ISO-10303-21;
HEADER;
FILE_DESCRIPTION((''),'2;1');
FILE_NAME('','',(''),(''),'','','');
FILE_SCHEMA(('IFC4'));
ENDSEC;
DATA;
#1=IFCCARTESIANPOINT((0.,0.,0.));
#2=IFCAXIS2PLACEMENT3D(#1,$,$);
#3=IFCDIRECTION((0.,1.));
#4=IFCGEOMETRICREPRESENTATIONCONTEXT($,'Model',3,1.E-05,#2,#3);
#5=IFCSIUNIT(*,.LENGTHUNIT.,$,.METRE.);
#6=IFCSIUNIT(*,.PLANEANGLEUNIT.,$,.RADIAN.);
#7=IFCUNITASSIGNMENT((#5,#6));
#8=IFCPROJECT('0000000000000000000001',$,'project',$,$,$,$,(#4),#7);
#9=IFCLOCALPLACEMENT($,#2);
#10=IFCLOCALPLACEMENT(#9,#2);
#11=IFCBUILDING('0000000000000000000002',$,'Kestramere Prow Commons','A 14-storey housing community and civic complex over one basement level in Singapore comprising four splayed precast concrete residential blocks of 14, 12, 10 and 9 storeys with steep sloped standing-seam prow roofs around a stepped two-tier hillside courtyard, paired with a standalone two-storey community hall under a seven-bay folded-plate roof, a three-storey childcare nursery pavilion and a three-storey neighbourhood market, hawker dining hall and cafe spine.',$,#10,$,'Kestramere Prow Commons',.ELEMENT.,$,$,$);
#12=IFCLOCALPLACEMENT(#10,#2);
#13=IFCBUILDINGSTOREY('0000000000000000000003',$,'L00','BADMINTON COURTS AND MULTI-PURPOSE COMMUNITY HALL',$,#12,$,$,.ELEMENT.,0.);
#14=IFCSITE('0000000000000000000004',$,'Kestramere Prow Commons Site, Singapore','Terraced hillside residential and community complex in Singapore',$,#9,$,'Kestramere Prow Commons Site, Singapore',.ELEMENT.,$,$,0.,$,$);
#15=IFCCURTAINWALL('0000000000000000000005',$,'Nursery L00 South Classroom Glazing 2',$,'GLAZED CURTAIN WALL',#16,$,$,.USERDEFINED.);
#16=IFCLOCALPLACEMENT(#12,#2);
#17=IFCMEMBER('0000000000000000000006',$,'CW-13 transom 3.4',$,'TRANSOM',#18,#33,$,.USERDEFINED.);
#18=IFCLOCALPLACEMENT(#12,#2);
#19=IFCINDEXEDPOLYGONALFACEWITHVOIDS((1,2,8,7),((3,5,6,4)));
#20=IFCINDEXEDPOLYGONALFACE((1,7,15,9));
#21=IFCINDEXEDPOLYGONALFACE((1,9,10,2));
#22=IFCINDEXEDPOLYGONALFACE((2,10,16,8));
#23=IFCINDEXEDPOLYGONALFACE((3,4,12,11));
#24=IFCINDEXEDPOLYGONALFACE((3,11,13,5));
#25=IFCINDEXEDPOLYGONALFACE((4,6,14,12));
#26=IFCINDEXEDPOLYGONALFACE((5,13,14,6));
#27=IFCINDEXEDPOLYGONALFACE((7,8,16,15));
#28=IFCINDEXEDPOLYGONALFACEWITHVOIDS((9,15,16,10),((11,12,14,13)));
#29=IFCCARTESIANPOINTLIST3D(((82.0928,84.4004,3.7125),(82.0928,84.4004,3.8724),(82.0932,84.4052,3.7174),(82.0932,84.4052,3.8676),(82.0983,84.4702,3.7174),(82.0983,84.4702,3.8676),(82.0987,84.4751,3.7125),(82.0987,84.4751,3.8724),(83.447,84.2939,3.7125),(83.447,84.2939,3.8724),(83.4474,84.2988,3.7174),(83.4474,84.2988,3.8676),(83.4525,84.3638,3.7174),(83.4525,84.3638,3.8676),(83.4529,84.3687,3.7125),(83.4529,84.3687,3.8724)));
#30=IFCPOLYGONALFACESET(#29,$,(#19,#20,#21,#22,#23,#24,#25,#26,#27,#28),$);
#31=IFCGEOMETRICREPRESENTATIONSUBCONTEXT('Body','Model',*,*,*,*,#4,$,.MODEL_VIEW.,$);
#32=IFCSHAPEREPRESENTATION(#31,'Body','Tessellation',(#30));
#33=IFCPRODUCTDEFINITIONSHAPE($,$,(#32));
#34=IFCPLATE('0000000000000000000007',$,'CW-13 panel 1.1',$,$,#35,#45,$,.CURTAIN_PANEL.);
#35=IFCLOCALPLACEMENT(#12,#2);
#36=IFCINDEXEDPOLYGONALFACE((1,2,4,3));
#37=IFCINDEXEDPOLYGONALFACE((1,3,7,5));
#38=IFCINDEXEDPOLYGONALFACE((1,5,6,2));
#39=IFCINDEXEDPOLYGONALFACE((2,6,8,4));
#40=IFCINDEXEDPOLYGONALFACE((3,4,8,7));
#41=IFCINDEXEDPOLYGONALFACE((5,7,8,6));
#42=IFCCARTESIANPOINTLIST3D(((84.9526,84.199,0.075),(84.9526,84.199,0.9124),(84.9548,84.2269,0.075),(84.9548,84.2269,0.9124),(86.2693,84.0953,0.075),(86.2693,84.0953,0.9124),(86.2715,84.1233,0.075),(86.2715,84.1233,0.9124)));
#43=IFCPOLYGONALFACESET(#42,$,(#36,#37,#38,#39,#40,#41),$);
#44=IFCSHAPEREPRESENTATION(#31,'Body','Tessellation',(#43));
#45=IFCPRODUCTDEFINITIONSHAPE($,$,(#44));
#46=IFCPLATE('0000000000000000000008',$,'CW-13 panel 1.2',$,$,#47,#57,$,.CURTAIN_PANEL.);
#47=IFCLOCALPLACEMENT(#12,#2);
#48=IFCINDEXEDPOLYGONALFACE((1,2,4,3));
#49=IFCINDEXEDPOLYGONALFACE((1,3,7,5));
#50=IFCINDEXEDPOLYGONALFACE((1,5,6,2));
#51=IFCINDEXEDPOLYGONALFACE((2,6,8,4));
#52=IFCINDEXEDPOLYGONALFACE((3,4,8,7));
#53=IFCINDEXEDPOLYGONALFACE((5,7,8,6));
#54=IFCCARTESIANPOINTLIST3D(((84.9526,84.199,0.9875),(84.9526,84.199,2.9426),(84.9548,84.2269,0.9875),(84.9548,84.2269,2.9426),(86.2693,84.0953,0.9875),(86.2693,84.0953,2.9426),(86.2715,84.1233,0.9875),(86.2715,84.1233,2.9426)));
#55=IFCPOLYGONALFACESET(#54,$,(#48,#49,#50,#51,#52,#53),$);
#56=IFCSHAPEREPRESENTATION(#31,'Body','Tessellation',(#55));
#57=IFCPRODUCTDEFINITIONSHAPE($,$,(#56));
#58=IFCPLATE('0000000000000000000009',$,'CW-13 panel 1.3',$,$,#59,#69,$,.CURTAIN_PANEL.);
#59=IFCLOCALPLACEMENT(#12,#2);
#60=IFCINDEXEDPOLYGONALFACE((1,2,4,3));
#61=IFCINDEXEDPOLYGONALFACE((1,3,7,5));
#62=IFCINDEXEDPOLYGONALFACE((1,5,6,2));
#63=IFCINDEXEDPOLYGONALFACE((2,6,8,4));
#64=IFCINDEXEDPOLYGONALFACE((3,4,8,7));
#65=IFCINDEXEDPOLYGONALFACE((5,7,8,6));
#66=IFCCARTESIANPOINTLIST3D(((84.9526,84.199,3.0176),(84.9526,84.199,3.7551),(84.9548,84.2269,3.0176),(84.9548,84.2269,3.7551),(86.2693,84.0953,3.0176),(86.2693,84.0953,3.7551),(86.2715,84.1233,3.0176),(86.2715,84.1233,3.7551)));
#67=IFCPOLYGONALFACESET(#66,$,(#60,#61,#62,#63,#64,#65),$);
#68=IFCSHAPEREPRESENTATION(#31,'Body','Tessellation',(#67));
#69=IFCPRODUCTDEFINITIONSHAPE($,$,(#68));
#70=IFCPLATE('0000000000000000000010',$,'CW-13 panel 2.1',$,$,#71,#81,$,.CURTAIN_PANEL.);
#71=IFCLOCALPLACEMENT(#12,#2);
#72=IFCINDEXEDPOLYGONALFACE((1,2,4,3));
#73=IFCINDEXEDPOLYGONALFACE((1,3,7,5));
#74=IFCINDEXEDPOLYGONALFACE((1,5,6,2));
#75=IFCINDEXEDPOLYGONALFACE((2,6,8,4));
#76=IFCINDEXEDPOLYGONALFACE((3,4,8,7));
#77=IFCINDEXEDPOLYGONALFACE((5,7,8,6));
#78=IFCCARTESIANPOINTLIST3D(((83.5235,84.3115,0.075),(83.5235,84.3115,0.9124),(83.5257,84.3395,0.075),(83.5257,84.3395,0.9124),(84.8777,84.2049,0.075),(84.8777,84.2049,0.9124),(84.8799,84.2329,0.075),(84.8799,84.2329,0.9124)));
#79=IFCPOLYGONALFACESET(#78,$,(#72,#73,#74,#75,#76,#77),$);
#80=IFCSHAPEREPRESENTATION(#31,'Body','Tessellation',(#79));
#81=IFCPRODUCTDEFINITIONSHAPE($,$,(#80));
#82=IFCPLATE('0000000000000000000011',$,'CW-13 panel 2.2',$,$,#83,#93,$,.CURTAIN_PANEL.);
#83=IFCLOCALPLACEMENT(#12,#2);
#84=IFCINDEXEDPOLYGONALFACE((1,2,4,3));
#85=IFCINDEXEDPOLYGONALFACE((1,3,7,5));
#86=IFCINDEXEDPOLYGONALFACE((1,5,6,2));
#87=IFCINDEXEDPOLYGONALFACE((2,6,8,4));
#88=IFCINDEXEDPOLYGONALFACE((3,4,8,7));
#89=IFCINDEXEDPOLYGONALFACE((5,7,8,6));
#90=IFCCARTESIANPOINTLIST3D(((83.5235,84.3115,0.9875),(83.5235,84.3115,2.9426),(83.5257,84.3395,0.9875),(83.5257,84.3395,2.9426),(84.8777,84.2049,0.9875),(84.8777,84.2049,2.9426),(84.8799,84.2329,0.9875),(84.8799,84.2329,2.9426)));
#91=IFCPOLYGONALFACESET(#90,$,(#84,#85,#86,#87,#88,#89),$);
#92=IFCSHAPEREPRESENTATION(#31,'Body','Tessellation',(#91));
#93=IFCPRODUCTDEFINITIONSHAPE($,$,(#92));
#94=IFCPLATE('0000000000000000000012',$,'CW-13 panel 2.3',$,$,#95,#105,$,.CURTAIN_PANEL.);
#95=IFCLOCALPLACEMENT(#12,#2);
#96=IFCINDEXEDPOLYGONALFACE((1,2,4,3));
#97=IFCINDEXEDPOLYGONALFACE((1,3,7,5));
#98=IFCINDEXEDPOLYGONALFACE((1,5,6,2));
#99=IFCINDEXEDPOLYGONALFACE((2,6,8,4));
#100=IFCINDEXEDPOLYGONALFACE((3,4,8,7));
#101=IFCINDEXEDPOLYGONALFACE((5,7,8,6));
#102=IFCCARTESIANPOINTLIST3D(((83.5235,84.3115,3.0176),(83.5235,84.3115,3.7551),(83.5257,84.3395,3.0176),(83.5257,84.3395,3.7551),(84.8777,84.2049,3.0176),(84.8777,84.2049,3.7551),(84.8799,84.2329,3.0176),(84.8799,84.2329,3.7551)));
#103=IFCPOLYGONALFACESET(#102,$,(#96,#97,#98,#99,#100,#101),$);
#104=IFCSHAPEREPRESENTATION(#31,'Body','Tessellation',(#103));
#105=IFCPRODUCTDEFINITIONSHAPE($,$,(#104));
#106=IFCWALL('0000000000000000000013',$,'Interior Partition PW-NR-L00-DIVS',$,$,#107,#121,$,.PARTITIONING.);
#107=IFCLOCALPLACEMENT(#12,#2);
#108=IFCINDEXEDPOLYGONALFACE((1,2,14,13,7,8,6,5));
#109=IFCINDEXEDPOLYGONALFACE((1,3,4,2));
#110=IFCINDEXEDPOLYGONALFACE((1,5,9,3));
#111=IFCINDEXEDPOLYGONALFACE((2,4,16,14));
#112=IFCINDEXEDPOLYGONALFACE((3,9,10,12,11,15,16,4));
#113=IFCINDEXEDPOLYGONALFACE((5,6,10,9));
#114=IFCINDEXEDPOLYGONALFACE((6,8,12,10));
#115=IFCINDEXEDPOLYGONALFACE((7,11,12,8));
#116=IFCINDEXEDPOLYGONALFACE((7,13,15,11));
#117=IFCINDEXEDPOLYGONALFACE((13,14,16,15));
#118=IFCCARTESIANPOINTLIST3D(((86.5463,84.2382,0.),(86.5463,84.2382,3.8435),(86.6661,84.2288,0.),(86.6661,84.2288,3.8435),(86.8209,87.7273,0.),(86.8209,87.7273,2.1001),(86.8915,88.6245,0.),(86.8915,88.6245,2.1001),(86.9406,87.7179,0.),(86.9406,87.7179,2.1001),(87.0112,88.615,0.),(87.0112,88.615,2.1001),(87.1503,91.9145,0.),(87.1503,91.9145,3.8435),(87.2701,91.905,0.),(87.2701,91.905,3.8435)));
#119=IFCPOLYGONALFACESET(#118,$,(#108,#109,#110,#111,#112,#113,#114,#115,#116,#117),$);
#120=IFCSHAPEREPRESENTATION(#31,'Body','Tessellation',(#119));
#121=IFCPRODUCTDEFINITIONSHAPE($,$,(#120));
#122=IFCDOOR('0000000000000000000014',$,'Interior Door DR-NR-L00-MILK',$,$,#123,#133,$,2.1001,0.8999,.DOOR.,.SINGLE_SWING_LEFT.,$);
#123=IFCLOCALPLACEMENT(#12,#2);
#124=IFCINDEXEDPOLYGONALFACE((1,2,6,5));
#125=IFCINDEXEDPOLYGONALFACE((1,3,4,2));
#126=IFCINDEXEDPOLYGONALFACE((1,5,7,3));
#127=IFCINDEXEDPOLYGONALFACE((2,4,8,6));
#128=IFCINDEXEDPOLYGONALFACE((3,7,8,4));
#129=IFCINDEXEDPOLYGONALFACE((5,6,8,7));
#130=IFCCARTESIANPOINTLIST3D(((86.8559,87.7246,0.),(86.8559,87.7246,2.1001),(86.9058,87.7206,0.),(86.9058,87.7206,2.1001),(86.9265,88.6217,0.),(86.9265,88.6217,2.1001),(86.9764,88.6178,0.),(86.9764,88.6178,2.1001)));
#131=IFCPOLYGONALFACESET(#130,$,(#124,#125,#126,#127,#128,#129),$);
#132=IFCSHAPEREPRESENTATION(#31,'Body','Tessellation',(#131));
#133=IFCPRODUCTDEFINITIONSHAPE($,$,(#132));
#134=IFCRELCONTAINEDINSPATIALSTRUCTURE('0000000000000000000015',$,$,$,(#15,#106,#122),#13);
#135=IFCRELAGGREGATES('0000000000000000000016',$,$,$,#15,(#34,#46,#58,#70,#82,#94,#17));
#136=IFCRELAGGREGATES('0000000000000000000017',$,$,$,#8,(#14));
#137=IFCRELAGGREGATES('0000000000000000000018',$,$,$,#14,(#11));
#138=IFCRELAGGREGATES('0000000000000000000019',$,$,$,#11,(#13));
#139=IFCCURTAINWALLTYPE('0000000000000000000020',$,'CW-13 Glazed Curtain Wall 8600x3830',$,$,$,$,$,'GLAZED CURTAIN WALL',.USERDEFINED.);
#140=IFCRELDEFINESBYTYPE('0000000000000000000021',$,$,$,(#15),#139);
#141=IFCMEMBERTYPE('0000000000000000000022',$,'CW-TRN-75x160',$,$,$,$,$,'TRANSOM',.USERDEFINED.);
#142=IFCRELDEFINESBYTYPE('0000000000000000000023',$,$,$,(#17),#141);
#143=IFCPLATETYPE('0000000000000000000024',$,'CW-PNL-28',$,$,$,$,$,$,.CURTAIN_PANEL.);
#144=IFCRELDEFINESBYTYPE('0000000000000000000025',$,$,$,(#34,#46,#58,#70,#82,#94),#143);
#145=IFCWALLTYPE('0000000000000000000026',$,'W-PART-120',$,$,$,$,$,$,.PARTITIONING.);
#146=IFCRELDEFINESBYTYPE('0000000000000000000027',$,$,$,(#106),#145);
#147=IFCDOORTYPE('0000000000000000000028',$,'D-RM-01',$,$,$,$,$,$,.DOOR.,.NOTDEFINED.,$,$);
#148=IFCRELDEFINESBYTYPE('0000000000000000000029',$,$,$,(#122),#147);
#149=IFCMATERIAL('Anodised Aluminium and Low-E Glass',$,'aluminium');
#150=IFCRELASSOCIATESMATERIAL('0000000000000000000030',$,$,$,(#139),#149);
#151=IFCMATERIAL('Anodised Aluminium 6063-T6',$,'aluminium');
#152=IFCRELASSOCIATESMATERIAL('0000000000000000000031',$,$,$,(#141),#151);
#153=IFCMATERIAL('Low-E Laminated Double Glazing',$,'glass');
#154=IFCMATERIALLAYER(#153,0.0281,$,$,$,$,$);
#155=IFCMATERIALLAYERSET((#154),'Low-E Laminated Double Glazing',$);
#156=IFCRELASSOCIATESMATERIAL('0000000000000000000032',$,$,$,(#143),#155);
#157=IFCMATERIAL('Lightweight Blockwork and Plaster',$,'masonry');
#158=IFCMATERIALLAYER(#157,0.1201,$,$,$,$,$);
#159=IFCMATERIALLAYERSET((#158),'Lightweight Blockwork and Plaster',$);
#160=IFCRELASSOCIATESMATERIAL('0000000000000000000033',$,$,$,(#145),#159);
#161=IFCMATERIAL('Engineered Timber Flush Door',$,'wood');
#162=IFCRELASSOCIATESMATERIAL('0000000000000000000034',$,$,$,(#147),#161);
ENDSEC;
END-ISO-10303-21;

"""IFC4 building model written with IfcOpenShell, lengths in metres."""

from ifc_helpers import new_model, si_unit, direction, frame, frame_2d, origin, origin_2d, place, context, subcontext, project, spatial, rectangle, hollow_rectangle, extrude, material, layer, layer_set, material_profile, profile_set, type_object, element, fill, aggregate, save


model = new_model("IFC4")

# Units and contexts
model_context = context("Model", 3, precision=1e-05, world=origin(), true_north=direction((0.0, 1.0)))
body_context = subcontext(model_context, "Body", "Model", "MODEL_VIEW")
ifc_project = project(units=[si_unit("LENGTHUNIT", "METRE"), si_unit("PLANEANGLEUNIT", "RADIAN")], contexts=[model_context])

# Site, building, storey
site_placement = place(None, origin())
site = spatial("IfcSite", under=ifc_project, at=site_placement, Name="Kestramere Prow Commons Site, Singapore", Description="Terraced hillside residential and community complex in Singapore", LongName="Kestramere Prow Commons Site, Singapore", CompositionType="ELEMENT", RefElevation=0.0)
building_placement = place(site_placement, origin())
building = spatial("IfcBuilding", under=site, at=building_placement, Name="Kestramere Prow Commons", Description="A 14-storey housing community and civic complex over one basement level in Singapore comprising four splayed precast concrete residential blocks of 14, 12, 10 and 9 storeys with steep sloped standing-seam prow roofs around a stepped two-tier hillside courtyard, paired with a standalone two-storey community hall under a seven-bay folded-plate roof, a three-storey childcare nursery pavilion and a three-storey neighbourhood market, hawker dining hall and cafe spine.", LongName="Kestramere Prow Commons", CompositionType="ELEMENT")
storey_placement = place(building_placement, origin())
storey = spatial("IfcBuildingStorey", under=building, at=storey_placement, Name="L00", Description="BADMINTON COURTS AND MULTI-PURPOSE COMMUNITY HALL", CompositionType="ELEMENT", Elevation=0.0)

# Curtain wall, member, plates
ifc_material_1 = material(Name="Anodised Aluminium and Low-E Glass", Category="aluminium")
curtain_wall_type = type_object("IfcCurtainWallType", Name="CW-13 Glazed Curtain Wall 8600x3830", ElementType="GLAZED CURTAIN WALL", PredefinedType="USERDEFINED", material=ifc_material_1)
curtain_wall_placement = place(storey_placement, origin())
curtain_wall = element("IfcCurtainWall", 1, at=curtain_wall_placement, inside=storey, type_object=curtain_wall_type, Name="Nursery L00 South Classroom Glazing 2", ObjectType="GLAZED CURTAIN WALL", PredefinedType="USERDEFINED")
ifc_material_2 = material(Name="Anodised Aluminium 6063-T6", Category="aluminium")
ifc_material_profile_1 = material_profile(ifc_material_2, hollow_rectangle(XDim=0.075, YDim=0.1599, WallThickness=0.0049, at=origin_2d()), Name="ALU-TRN 75x160")
ifc_profile_set_1 = profile_set([ifc_material_profile_1], Name="Anodised Aluminium 6063-T6")
member_type_1 = type_object("IfcMemberType", Name="CW-TRN-75x160", ElementType="TRANSOM", PredefinedType="USERDEFINED", material=ifc_profile_set_1)
member_1_placement = place(storey_placement, frame((83.45, 84.3313, 3.7925), z_axis=(-0.996925, 0.078359, 0.0), x_axis=(-0.078359, -0.996925, 0.0)))
member_1 = element("IfcMember", 2, at=member_1_placement, type_object=member_type_1, Name="CW-13 transom 3.4", ObjectType="TRANSOM", PredefinedType="USERDEFINED", context=body_context, shape_type="SweptSolid", body=[
    extrude(hollow_rectangle(XDim=0.075, YDim=0.1599, WallThickness=0.0049, at=origin_2d()), origin(), (0.0, 0.0, 1.0), 1.3584),
])
ifc_material_3 = material(Name="Low-E Laminated Double Glazing", Category="glass")
ifc_layer_1 = layer(ifc_material_3, 0.0281)
ifc_layer_set_1 = layer_set([ifc_layer_1], Name="Low-E Laminated Double Glazing")
plate_type = type_object("IfcPlateType", Name="CW-PNL-28", PredefinedType="CURTAIN_PANEL", material=ifc_layer_set_1)
plate_1_placement = place(storey_placement, frame((85.6121, 84.1611, 0.075), z_axis=(0.0, 0.0, 1.0), x_axis=(-0.996917, 0.078459, 0.0)))
plate_1 = element("IfcPlate", 3, at=plate_1_placement, type_object=plate_type, Name="CW-13 panel 1.1", PredefinedType="CURTAIN_PANEL", context=body_context, shape_type="SweptSolid", body=[
    extrude(rectangle(XDim=1.3208, YDim=0.0281, at=origin_2d()), origin(), (0.0, 0.0, 1.0), 0.8374),
])
plate_2_placement = place(storey_placement, frame((85.6121, 84.1611, 0.9875), z_axis=(0.0, 0.0, 1.0), x_axis=(-0.996917, 0.078459, 0.0)))
plate_2 = element("IfcPlate", 4, at=plate_2_placement, type_object=plate_type, Name="CW-13 panel 1.2", PredefinedType="CURTAIN_PANEL", context=body_context, shape_type="SweptSolid", body=[
    extrude(rectangle(XDim=1.3208, YDim=0.0281, at=origin_2d()), origin(), (0.0, 0.0, 1.0), 1.9551),
])
plate_3_placement = place(storey_placement, frame((85.6121, 84.1611, 3.0176), z_axis=(0.0, 0.0, 1.0), x_axis=(-0.996917, 0.078459, 0.0)))
plate_3 = element("IfcPlate", 5, at=plate_3_placement, type_object=plate_type, Name="CW-13 panel 1.3", PredefinedType="CURTAIN_PANEL", context=body_context, shape_type="SweptSolid", body=[
    extrude(rectangle(XDim=1.3208, YDim=0.0281, at=origin_2d()), origin(), (0.0, 0.0, 1.0), 0.7375),
])
plate_4_placement = place(storey_placement, frame((84.2017, 84.2722, 0.075), z_axis=(0.0, 0.0, 1.0), x_axis=(-0.996917, 0.078459, 0.0)))
plate_4 = element("IfcPlate", 6, at=plate_4_placement, type_object=plate_type, Name="CW-13 panel 2.1", PredefinedType="CURTAIN_PANEL", context=body_context, shape_type="SweptSolid", body=[
    extrude(rectangle(XDim=1.3584, YDim=0.0281, at=origin_2d()), origin(), (0.0, 0.0, 1.0), 0.8374),
])
plate_5_placement = place(storey_placement, frame((84.2017, 84.2722, 0.9875), z_axis=(0.0, 0.0, 1.0), x_axis=(-0.996917, 0.078459, 0.0)))
plate_5 = element("IfcPlate", 7, at=plate_5_placement, type_object=plate_type, Name="CW-13 panel 2.2", PredefinedType="CURTAIN_PANEL", context=body_context, shape_type="SweptSolid", body=[
    extrude(rectangle(XDim=1.3584, YDim=0.0281, at=origin_2d()), origin(), (0.0, 0.0, 1.0), 1.9551),
])
plate_6_placement = place(storey_placement, frame((84.2017, 84.2722, 3.0176), z_axis=(0.0, 0.0, 1.0), x_axis=(-0.996917, 0.078459, 0.0)))
plate_6 = element("IfcPlate", 8, at=plate_6_placement, type_object=plate_type, Name="CW-13 panel 2.3", PredefinedType="CURTAIN_PANEL", context=body_context, shape_type="SweptSolid", body=[
    extrude(rectangle(XDim=1.3584, YDim=0.0281, at=origin_2d()), origin(), (0.0, 0.0, 1.0), 0.7375),
])
aggregate(curtain_wall, [plate_1, plate_2, plate_3, plate_4, plate_5, plate_6, member_1])

# Wall, opening, door
ifc_material_4 = material(Name="Lightweight Blockwork and Plaster", Category="masonry")
ifc_layer_2 = layer(ifc_material_4, 0.1201)
ifc_layer_set_2 = layer_set([ifc_layer_2], Name="Lightweight Blockwork and Plaster")
wall_type = type_object("IfcWallType", Name="W-PART-120", PredefinedType="PARTITIONING", material=ifc_layer_set_2)
wall_placement = place(storey_placement, frame((86.6062, 84.2334, 0.0), z_axis=(0.0, 0.0, 1.0), x_axis=(0.078442, 0.996919, 0.0)))
wall = element("IfcWall", 9, at=wall_placement, inside=storey, type_object=wall_type, Name="Interior Partition PW-NR-L00-DIVS", PredefinedType="PARTITIONING", context=body_context, shape_type="SweptSolid", body=[
    extrude(rectangle(XDim=7.7, YDim=0.1201, at=frame_2d((3.8501, 0.0))), origin(), (0.0, 0.0, 1.0), 3.8435),
])
opening_placement = place(wall_placement, frame((3.5, 0.0, 0.0)))
opening = element("IfcOpeningElement", 10, at=opening_placement, cuts=wall, PredefinedType="OPENING", context=body_context, shape_type="SweptSolid", body=[
    extrude(rectangle(XDim=0.8999, YDim=2.1001, at=frame_2d((0.45, 1.05))), frame((0.0, 0.075, 0.0), z_axis=(0.0, -1.0, 0.0), x_axis=(1.0, 0.0, 0.0)), (0.0, 0.0, 1.0), 0.1501),
])
ifc_material_5 = material(Name="Engineered Timber Flush Door", Category="wood")
door_type = type_object("IfcDoorType", Name="D-RM-01", OperationType="NOTDEFINED", PredefinedType="DOOR", material=ifc_material_5)
door_placement = place(opening_placement, origin())
door = element("IfcDoor", 11, at=door_placement, inside=storey, type_object=door_type, Name="Interior Door DR-NR-L00-MILK", OperationType="SINGLE_SWING_LEFT", OverallHeight=2.1001, OverallWidth=0.8999, PredefinedType="DOOR", context=body_context, shape_type="SweptSolid", body=[
    extrude(rectangle(XDim=0.8999, YDim=2.1001, at=frame_2d((0.45, 1.05))), frame((0.0, 0.0249, 0.0), z_axis=(0.0, -1.0, 0.0), x_axis=(1.0, 0.0, 0.0)), (0.0, 0.0, 1.0), 0.05),
])
fill(opening, door)

save(model, "model.ifc")
